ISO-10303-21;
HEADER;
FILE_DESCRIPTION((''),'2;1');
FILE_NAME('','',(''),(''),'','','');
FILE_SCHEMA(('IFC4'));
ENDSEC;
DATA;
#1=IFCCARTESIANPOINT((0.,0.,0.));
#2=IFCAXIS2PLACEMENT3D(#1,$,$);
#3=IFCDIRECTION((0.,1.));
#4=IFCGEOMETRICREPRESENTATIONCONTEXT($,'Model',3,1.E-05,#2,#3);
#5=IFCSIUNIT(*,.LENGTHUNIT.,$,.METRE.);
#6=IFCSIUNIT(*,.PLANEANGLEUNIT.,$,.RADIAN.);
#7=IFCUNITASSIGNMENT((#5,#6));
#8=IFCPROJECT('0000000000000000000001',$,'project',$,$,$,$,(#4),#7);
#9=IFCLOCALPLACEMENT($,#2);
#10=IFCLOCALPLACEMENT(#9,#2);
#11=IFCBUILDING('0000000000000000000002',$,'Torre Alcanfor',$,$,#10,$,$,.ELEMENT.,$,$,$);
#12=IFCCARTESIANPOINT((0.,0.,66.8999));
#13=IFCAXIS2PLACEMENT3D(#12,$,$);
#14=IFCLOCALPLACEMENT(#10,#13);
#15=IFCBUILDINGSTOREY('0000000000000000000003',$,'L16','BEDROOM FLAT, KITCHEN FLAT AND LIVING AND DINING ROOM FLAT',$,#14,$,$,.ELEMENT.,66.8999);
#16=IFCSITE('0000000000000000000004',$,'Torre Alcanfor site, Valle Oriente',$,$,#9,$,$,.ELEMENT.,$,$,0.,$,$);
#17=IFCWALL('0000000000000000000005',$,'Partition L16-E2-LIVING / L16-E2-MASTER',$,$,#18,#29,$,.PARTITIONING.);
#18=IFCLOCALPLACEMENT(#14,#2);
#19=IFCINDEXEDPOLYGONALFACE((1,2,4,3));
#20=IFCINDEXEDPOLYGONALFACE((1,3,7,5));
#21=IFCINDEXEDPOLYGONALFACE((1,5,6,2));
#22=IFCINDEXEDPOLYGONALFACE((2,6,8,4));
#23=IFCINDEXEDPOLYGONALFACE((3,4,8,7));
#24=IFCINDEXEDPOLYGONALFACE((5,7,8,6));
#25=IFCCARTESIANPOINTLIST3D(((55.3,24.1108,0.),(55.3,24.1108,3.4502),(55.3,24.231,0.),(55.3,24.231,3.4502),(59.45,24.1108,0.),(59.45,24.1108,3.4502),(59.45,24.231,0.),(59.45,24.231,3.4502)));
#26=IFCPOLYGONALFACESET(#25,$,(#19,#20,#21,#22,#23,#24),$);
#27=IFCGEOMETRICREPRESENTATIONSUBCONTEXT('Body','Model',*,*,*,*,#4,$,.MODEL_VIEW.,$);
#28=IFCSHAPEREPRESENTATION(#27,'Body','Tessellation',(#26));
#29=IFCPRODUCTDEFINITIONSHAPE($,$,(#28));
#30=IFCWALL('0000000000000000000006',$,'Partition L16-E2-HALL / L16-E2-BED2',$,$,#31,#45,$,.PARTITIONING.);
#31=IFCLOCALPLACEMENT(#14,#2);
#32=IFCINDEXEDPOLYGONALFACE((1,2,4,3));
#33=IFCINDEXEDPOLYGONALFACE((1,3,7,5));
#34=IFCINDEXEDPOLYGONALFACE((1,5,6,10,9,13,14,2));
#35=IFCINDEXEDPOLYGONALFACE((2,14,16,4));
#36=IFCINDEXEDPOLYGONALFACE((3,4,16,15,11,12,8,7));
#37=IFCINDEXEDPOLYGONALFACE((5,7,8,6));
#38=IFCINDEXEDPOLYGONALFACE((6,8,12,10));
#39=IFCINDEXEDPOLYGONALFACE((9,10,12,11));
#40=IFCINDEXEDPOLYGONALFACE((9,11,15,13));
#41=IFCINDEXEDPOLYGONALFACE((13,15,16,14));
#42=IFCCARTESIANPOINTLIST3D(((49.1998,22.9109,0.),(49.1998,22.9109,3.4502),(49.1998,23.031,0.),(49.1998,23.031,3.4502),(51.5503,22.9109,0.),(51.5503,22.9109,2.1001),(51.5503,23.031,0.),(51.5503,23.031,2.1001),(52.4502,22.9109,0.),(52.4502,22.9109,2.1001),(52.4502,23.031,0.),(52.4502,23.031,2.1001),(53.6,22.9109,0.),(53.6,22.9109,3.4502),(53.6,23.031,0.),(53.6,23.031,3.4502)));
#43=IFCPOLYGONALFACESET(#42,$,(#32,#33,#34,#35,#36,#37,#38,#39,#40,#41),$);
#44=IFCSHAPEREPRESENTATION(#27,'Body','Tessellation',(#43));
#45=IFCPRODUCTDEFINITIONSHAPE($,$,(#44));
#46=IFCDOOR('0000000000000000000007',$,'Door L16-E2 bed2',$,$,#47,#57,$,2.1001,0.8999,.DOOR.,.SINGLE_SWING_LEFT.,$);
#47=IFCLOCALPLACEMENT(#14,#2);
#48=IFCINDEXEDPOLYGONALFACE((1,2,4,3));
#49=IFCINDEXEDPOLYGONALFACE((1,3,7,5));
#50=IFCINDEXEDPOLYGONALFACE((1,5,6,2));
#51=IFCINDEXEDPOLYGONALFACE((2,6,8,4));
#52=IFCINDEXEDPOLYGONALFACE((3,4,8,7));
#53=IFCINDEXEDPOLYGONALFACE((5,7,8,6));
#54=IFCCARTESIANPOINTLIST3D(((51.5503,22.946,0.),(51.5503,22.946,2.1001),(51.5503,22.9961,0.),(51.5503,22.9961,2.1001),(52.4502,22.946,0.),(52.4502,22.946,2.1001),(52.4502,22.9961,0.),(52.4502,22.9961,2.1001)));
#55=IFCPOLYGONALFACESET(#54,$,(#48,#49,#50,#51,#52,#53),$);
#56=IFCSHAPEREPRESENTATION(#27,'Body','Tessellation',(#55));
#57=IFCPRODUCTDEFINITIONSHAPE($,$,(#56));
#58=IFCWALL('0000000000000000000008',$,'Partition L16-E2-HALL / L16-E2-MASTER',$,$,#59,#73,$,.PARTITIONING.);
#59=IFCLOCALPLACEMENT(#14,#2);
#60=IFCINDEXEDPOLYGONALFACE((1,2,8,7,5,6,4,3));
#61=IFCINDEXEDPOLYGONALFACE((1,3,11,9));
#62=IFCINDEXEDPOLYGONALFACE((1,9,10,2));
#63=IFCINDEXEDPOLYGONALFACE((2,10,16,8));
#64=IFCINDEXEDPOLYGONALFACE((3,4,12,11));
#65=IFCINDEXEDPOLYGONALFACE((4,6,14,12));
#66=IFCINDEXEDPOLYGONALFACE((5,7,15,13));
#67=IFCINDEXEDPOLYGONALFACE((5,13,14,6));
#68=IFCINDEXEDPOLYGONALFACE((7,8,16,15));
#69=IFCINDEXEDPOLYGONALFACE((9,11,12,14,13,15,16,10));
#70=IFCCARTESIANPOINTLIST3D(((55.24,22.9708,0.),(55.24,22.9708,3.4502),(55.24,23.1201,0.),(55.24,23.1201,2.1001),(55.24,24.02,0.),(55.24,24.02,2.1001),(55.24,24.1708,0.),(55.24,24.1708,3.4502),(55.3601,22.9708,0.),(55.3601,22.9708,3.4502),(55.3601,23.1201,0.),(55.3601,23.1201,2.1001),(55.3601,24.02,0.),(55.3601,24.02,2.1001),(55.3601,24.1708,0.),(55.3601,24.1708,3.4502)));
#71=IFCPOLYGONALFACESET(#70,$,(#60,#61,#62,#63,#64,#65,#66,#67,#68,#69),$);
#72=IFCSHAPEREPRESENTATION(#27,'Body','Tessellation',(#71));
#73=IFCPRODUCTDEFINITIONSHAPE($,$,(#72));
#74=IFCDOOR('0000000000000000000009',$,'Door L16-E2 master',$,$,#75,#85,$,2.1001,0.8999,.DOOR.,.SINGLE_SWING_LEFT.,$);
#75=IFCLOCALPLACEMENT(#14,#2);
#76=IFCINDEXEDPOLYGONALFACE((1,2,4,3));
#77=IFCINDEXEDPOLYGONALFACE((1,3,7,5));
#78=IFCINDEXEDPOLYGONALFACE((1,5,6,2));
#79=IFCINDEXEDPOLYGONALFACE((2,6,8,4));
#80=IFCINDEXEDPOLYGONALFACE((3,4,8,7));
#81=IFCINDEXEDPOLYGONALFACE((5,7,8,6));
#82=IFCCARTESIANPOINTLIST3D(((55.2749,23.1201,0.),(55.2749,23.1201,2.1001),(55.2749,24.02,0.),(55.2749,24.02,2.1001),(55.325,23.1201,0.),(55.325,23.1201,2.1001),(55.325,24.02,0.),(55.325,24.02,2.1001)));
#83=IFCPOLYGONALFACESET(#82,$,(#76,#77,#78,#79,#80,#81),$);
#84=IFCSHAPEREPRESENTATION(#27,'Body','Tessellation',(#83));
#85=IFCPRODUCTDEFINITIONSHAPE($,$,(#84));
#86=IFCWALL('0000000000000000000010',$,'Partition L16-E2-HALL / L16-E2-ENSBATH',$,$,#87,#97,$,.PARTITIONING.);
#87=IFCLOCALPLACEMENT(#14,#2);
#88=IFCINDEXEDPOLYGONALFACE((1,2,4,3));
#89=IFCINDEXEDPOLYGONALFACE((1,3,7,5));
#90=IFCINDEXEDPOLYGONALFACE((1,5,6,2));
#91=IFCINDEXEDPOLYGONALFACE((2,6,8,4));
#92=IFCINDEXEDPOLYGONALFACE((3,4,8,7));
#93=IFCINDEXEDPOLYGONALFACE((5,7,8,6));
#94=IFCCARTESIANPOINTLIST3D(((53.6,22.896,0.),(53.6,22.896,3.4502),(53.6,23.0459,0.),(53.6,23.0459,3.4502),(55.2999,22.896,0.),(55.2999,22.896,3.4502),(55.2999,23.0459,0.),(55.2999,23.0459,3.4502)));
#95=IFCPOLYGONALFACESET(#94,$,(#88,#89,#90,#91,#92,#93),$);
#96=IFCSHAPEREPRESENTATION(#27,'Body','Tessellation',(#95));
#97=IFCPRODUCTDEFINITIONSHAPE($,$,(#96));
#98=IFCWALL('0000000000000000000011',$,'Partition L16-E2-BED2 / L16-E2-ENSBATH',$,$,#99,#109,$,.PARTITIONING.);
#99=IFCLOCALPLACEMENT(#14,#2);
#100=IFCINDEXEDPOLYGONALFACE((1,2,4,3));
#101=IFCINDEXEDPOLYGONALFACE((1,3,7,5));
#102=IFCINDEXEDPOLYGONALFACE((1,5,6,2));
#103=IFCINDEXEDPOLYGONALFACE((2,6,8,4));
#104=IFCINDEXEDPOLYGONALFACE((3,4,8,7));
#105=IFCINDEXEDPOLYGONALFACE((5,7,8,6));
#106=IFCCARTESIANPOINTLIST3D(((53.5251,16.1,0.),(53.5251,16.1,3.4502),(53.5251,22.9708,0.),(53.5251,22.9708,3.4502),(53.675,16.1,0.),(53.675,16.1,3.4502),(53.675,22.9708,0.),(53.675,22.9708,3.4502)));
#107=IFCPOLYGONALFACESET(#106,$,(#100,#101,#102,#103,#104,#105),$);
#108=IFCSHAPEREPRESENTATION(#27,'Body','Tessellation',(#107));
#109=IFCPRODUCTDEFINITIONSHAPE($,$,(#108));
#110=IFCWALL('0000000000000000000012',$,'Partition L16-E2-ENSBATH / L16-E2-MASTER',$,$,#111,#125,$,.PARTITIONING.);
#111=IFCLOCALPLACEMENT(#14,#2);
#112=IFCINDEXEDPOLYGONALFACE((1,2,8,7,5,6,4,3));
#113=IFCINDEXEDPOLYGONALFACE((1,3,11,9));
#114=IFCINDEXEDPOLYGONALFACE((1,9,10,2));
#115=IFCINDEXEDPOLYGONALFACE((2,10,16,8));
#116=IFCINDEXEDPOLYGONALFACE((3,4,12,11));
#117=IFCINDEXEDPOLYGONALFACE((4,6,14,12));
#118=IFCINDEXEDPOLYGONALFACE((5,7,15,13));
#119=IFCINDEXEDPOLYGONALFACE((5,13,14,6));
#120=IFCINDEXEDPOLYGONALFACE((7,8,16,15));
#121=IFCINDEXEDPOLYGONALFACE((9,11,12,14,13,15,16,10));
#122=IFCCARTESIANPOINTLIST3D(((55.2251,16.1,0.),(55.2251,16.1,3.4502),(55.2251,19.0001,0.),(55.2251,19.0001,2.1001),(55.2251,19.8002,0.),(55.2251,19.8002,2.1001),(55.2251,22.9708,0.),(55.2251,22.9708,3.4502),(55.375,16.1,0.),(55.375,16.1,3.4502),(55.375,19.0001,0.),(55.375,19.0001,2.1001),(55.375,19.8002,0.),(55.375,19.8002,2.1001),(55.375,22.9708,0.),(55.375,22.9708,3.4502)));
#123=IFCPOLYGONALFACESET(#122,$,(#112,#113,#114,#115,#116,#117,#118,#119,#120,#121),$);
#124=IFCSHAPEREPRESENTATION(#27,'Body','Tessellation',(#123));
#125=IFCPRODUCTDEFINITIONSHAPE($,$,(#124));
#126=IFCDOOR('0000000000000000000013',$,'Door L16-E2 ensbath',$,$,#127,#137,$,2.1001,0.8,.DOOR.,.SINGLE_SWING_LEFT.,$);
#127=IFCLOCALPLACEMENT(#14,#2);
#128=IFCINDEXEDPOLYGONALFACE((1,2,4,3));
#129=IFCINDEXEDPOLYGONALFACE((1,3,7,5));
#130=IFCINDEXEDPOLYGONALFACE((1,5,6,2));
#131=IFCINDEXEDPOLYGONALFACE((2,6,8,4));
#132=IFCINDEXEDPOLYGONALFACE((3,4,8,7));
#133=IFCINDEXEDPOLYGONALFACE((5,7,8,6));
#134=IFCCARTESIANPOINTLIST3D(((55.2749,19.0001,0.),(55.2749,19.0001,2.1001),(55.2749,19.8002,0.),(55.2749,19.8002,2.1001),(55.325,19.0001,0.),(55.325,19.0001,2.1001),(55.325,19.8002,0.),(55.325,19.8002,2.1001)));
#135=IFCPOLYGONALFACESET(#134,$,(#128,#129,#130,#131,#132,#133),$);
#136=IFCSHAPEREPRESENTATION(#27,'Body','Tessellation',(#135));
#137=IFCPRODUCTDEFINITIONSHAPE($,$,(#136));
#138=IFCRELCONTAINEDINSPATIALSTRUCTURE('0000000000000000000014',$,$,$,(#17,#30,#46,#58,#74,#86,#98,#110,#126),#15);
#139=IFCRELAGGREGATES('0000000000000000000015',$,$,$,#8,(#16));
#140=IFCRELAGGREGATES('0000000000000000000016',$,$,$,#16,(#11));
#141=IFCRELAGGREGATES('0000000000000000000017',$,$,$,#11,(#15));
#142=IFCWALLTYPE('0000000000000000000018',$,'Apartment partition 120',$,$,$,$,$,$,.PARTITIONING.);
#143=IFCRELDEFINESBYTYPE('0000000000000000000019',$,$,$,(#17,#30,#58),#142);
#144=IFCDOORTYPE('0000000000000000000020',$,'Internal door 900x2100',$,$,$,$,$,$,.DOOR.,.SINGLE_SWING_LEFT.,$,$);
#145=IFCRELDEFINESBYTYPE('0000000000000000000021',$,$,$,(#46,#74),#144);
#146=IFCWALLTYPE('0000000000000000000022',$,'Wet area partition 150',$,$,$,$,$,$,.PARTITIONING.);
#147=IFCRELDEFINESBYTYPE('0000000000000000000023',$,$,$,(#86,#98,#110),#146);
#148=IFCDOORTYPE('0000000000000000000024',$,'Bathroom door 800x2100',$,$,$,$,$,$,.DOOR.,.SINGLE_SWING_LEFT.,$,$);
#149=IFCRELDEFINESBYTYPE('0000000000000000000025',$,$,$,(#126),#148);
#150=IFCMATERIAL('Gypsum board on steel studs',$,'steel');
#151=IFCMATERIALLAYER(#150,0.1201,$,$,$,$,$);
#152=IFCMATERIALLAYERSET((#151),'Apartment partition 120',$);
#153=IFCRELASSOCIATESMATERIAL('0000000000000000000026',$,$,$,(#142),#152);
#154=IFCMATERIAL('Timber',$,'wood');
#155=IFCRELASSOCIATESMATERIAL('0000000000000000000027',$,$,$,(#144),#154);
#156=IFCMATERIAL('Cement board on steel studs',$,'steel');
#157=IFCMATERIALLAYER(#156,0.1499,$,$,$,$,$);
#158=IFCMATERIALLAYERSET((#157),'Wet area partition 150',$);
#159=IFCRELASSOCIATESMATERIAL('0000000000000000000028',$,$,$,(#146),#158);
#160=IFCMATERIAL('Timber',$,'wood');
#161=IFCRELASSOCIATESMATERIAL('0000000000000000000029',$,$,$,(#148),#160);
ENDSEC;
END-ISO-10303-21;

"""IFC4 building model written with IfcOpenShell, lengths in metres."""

from ifc_helpers import new_model, si_unit, direction, frame, frame_2d, origin, place, context, subcontext, project, spatial, rectangle, extrude, material, layer, layer_set, type_object, element, fill, save


model = new_model("IFC4")

# Units and contexts
model_context = context("Model", 3, precision=1e-05, world=origin(), true_north=direction((0.0, 1.0)))
body_context = subcontext(model_context, "Body", "Model", "MODEL_VIEW")
ifc_project = project(units=[si_unit("LENGTHUNIT", "METRE"), si_unit("PLANEANGLEUNIT", "RADIAN")], contexts=[model_context])

# Site, building, storey
site_placement = place(None, origin())
site = spatial("IfcSite", under=ifc_project, at=site_placement, Name="Torre Alcanfor site, Valle Oriente", CompositionType="ELEMENT", RefElevation=0.0)
building_placement = place(site_placement, origin())
building = spatial("IfcBuilding", under=site, at=building_placement, Name="Torre Alcanfor", CompositionType="ELEMENT")
storey_placement = place(building_placement, frame((0.0, 0.0, 66.8999)))
storey = spatial("IfcBuildingStorey", under=building, at=storey_placement, Name="L16", Description="BEDROOM FLAT, KITCHEN FLAT AND LIVING AND DINING ROOM FLAT", CompositionType="ELEMENT", Elevation=66.8999)

# Shared definitions
ifc_material_1 = material(Name="Gypsum board on steel studs", Category="steel")
ifc_layer_1 = layer(ifc_material_1, 0.1201)
ifc_layer_set_1 = layer_set([ifc_layer_1], Name="Apartment partition 120")
wall_type_1 = type_object("IfcWallType", Name="Apartment partition 120", PredefinedType="PARTITIONING", material=ifc_layer_set_1)

# Shared definitions
ifc_material_2 = material(Name="Timber", Category="wood")
door_type_1 = type_object("IfcDoorType", Name="Internal door 900x2100", OperationType="SINGLE_SWING_LEFT", PredefinedType="DOOR", material=ifc_material_2)

# Wall
wall_1_placement = place(storey_placement, frame((59.45, 24.1709, 0.0), z_axis=(0.0, 0.0, 1.0), x_axis=(-1.0, 0.0, 0.0)))
element("IfcWall", 1, at=wall_1_placement, inside=storey, type_object=wall_type_1, Name="Partition L16-E2-LIVING / L16-E2-MASTER", PredefinedType="PARTITIONING", context=body_context, shape_type="SweptSolid", body=[
    extrude(rectangle(XDim=4.1499, YDim=0.1201, at=frame_2d((2.075, 0.0))), origin(), (0.0, 0.0, 1.0), 3.4502),
])

# Walls, openings, doors
wall_2_placement = place(storey_placement, frame((53.6001, 22.9709, 0.0), z_axis=(0.0, 0.0, 1.0), x_axis=(-1.0, 0.0, 0.0)))
wall_2 = element("IfcWall", 2, at=wall_2_placement, inside=storey, type_object=wall_type_1, Name="Partition L16-E2-HALL / L16-E2-BED2", PredefinedType="PARTITIONING", context=body_context, shape_type="SweptSolid", body=[
    extrude(rectangle(XDim=4.4001, YDim=0.1201, at=frame_2d((2.2002, 0.0))), origin(), (0.0, 0.0, 1.0), 3.4502),
])
opening_1_placement = place(wall_2_placement, frame((1.1499, 0.0, 0.0)))
opening_1 = element("IfcOpeningElement", 3, at=opening_1_placement, cuts=wall_2, PredefinedType="OPENING", context=body_context, shape_type="SweptSolid", body=[
    extrude(rectangle(XDim=0.8999, YDim=2.1001, at=frame_2d((0.45, 1.05))), frame((0.0, 0.0701, 0.0), z_axis=(0.0, -1.0, 0.0), x_axis=(1.0, 0.0, 0.0)), (0.0, 0.0, 1.0), 0.1401),
])
door_1_placement = place(opening_1_placement, origin())
door_1 = element("IfcDoor", 4, at=door_1_placement, inside=storey, type_object=door_type_1, Name="Door L16-E2 bed2", OperationType="SINGLE_SWING_LEFT", OverallHeight=2.1001, OverallWidth=0.8999, PredefinedType="DOOR", context=body_context, shape_type="SweptSolid", body=[
    extrude(rectangle(XDim=0.8999, YDim=2.1001, at=frame_2d((0.45, 1.05))), frame((0.0, 0.0249, 0.0), z_axis=(0.0, -1.0, 0.0), x_axis=(1.0, 0.0, 0.0)), (0.0, 0.0, 1.0), 0.05),
])
fill(opening_1, door_1)
wall_3_placement = place(storey_placement, frame((55.3, 24.1709, 0.0), z_axis=(0.0, 0.0, 1.0), x_axis=(0.0, -1.0, 0.0)))
wall_3 = element("IfcWall", 5, at=wall_3_placement, inside=storey, type_object=wall_type_1, Name="Partition L16-E2-HALL / L16-E2-MASTER", PredefinedType="PARTITIONING", context=body_context, shape_type="SweptSolid", body=[
    extrude(rectangle(XDim=1.2, YDim=0.1201, at=frame_2d((0.6001, 0.0))), origin(), (0.0, 0.0, 1.0), 3.4502),
])
opening_2_placement = place(wall_3_placement, frame((0.1509, 0.0, 0.0)))
opening_2 = element("IfcOpeningElement", 6, at=opening_2_placement, cuts=wall_3, PredefinedType="OPENING", context=body_context, shape_type="SweptSolid", body=[
    extrude(rectangle(XDim=0.8999, YDim=2.1001, at=frame_2d((0.45, 1.05))), frame((0.0, 0.0701, 0.0), z_axis=(0.0, -1.0, 0.0), x_axis=(1.0, 0.0, 0.0)), (0.0, 0.0, 1.0), 0.1401),
])
door_2_placement = place(opening_2_placement, origin())
door_2 = element("IfcDoor", 7, at=door_2_placement, inside=storey, type_object=door_type_1, Name="Door L16-E2 master", OperationType="SINGLE_SWING_LEFT", OverallHeight=2.1001, OverallWidth=0.8999, PredefinedType="DOOR", context=body_context, shape_type="SweptSolid", body=[
    extrude(rectangle(XDim=0.8999, YDim=2.1001, at=frame_2d((0.45, 1.05))), frame((0.0, 0.0249, 0.0), z_axis=(0.0, -1.0, 0.0), x_axis=(1.0, 0.0, 0.0)), (0.0, 0.0, 1.0), 0.05),
])
fill(opening_2, door_2)

# Walls
ifc_material_3 = material(Name="Cement board on steel studs", Category="steel")
ifc_layer_2 = layer(ifc_material_3, 0.1499)
ifc_layer_set_2 = layer_set([ifc_layer_2], Name="Wet area partition 150")
wall_type_2 = type_object("IfcWallType", Name="Wet area partition 150", PredefinedType="PARTITIONING", material=ifc_layer_set_2)
wall_4_placement = place(storey_placement, frame((55.3, 22.9709, 0.0), z_axis=(0.0, 0.0, 1.0), x_axis=(-1.0, 0.0, 0.0)))
element("IfcWall", 8, at=wall_4_placement, inside=storey, type_object=wall_type_2, Name="Partition L16-E2-HALL / L16-E2-ENSBATH", PredefinedType="PARTITIONING", context=body_context, shape_type="SweptSolid", body=[
    extrude(rectangle(XDim=1.7, YDim=0.1499, at=frame_2d((0.8501, 0.0))), origin(), (0.0, 0.0, 1.0), 3.4502),
])
wall_5_placement = place(storey_placement, frame((53.6001, 22.9709, 0.0), z_axis=(0.0, 0.0, 1.0), x_axis=(0.0, -1.0, 0.0)))
element("IfcWall", 9, at=wall_5_placement, inside=storey, type_object=wall_type_2, Name="Partition L16-E2-BED2 / L16-E2-ENSBATH", PredefinedType="PARTITIONING", context=body_context, shape_type="SweptSolid", body=[
    extrude(rectangle(XDim=6.8708, YDim=0.1499, at=frame_2d((3.4355, 0.0))), origin(), (0.0, 0.0, 1.0), 3.4502),
])

# Wall, opening, door
wall_6_placement = place(storey_placement, frame((55.3, 22.9709, 0.0), z_axis=(0.0, 0.0, 1.0), x_axis=(0.0, -1.0, 0.0)))
wall_6 = element("IfcWall", 10, at=wall_6_placement, inside=storey, type_object=wall_type_2, Name="Partition L16-E2-ENSBATH / L16-E2-MASTER", PredefinedType="PARTITIONING", context=body_context, shape_type="SweptSolid", body=[
    extrude(rectangle(XDim=6.8708, YDim=0.1499, at=frame_2d((3.4355, 0.0))), origin(), (0.0, 0.0, 1.0), 3.4502),
])
opening_3_placement = place(wall_6_placement, frame((3.1709, 0.0, 0.0)))
opening_3 = element("IfcOpeningElement", 11, at=opening_3_placement, cuts=wall_6, PredefinedType="OPENING", context=body_context, shape_type="SweptSolid", body=[
    extrude(rectangle(XDim=0.8, YDim=2.1001, at=frame_2d((0.3999, 1.05))), frame((0.0, 0.085, 0.0), z_axis=(0.0, -1.0, 0.0), x_axis=(1.0, 0.0, 0.0)), (0.0, 0.0, 1.0), 0.1699),
])
ifc_material_4 = material(Name="Timber", Category="wood")
door_type_2 = type_object("IfcDoorType", Name="Bathroom door 800x2100", OperationType="SINGLE_SWING_LEFT", PredefinedType="DOOR", material=ifc_material_4)
door_3_placement = place(opening_3_placement, frame((0.8, 0.0, 0.0), z_axis=(0.0, 0.0, 1.0), x_axis=(-1.0, 0.0, 0.0)))
door_3 = element("IfcDoor", 12, at=door_3_placement, inside=storey, type_object=door_type_2, Name="Door L16-E2 ensbath", OperationType="SINGLE_SWING_LEFT", OverallHeight=2.1001, OverallWidth=0.8, PredefinedType="DOOR", context=body_context, shape_type="SweptSolid", body=[
    extrude(rectangle(XDim=0.8, YDim=2.1001, at=frame_2d((0.4001, 1.05))), frame((0.0, 0.0251, 0.0), z_axis=(0.0, -1.0, 0.0), x_axis=(1.0, 0.0, 0.0)), (0.0, 0.0, 1.0), 0.05),
])
fill(opening_3, door_3)

save(model, "model.ifc")
